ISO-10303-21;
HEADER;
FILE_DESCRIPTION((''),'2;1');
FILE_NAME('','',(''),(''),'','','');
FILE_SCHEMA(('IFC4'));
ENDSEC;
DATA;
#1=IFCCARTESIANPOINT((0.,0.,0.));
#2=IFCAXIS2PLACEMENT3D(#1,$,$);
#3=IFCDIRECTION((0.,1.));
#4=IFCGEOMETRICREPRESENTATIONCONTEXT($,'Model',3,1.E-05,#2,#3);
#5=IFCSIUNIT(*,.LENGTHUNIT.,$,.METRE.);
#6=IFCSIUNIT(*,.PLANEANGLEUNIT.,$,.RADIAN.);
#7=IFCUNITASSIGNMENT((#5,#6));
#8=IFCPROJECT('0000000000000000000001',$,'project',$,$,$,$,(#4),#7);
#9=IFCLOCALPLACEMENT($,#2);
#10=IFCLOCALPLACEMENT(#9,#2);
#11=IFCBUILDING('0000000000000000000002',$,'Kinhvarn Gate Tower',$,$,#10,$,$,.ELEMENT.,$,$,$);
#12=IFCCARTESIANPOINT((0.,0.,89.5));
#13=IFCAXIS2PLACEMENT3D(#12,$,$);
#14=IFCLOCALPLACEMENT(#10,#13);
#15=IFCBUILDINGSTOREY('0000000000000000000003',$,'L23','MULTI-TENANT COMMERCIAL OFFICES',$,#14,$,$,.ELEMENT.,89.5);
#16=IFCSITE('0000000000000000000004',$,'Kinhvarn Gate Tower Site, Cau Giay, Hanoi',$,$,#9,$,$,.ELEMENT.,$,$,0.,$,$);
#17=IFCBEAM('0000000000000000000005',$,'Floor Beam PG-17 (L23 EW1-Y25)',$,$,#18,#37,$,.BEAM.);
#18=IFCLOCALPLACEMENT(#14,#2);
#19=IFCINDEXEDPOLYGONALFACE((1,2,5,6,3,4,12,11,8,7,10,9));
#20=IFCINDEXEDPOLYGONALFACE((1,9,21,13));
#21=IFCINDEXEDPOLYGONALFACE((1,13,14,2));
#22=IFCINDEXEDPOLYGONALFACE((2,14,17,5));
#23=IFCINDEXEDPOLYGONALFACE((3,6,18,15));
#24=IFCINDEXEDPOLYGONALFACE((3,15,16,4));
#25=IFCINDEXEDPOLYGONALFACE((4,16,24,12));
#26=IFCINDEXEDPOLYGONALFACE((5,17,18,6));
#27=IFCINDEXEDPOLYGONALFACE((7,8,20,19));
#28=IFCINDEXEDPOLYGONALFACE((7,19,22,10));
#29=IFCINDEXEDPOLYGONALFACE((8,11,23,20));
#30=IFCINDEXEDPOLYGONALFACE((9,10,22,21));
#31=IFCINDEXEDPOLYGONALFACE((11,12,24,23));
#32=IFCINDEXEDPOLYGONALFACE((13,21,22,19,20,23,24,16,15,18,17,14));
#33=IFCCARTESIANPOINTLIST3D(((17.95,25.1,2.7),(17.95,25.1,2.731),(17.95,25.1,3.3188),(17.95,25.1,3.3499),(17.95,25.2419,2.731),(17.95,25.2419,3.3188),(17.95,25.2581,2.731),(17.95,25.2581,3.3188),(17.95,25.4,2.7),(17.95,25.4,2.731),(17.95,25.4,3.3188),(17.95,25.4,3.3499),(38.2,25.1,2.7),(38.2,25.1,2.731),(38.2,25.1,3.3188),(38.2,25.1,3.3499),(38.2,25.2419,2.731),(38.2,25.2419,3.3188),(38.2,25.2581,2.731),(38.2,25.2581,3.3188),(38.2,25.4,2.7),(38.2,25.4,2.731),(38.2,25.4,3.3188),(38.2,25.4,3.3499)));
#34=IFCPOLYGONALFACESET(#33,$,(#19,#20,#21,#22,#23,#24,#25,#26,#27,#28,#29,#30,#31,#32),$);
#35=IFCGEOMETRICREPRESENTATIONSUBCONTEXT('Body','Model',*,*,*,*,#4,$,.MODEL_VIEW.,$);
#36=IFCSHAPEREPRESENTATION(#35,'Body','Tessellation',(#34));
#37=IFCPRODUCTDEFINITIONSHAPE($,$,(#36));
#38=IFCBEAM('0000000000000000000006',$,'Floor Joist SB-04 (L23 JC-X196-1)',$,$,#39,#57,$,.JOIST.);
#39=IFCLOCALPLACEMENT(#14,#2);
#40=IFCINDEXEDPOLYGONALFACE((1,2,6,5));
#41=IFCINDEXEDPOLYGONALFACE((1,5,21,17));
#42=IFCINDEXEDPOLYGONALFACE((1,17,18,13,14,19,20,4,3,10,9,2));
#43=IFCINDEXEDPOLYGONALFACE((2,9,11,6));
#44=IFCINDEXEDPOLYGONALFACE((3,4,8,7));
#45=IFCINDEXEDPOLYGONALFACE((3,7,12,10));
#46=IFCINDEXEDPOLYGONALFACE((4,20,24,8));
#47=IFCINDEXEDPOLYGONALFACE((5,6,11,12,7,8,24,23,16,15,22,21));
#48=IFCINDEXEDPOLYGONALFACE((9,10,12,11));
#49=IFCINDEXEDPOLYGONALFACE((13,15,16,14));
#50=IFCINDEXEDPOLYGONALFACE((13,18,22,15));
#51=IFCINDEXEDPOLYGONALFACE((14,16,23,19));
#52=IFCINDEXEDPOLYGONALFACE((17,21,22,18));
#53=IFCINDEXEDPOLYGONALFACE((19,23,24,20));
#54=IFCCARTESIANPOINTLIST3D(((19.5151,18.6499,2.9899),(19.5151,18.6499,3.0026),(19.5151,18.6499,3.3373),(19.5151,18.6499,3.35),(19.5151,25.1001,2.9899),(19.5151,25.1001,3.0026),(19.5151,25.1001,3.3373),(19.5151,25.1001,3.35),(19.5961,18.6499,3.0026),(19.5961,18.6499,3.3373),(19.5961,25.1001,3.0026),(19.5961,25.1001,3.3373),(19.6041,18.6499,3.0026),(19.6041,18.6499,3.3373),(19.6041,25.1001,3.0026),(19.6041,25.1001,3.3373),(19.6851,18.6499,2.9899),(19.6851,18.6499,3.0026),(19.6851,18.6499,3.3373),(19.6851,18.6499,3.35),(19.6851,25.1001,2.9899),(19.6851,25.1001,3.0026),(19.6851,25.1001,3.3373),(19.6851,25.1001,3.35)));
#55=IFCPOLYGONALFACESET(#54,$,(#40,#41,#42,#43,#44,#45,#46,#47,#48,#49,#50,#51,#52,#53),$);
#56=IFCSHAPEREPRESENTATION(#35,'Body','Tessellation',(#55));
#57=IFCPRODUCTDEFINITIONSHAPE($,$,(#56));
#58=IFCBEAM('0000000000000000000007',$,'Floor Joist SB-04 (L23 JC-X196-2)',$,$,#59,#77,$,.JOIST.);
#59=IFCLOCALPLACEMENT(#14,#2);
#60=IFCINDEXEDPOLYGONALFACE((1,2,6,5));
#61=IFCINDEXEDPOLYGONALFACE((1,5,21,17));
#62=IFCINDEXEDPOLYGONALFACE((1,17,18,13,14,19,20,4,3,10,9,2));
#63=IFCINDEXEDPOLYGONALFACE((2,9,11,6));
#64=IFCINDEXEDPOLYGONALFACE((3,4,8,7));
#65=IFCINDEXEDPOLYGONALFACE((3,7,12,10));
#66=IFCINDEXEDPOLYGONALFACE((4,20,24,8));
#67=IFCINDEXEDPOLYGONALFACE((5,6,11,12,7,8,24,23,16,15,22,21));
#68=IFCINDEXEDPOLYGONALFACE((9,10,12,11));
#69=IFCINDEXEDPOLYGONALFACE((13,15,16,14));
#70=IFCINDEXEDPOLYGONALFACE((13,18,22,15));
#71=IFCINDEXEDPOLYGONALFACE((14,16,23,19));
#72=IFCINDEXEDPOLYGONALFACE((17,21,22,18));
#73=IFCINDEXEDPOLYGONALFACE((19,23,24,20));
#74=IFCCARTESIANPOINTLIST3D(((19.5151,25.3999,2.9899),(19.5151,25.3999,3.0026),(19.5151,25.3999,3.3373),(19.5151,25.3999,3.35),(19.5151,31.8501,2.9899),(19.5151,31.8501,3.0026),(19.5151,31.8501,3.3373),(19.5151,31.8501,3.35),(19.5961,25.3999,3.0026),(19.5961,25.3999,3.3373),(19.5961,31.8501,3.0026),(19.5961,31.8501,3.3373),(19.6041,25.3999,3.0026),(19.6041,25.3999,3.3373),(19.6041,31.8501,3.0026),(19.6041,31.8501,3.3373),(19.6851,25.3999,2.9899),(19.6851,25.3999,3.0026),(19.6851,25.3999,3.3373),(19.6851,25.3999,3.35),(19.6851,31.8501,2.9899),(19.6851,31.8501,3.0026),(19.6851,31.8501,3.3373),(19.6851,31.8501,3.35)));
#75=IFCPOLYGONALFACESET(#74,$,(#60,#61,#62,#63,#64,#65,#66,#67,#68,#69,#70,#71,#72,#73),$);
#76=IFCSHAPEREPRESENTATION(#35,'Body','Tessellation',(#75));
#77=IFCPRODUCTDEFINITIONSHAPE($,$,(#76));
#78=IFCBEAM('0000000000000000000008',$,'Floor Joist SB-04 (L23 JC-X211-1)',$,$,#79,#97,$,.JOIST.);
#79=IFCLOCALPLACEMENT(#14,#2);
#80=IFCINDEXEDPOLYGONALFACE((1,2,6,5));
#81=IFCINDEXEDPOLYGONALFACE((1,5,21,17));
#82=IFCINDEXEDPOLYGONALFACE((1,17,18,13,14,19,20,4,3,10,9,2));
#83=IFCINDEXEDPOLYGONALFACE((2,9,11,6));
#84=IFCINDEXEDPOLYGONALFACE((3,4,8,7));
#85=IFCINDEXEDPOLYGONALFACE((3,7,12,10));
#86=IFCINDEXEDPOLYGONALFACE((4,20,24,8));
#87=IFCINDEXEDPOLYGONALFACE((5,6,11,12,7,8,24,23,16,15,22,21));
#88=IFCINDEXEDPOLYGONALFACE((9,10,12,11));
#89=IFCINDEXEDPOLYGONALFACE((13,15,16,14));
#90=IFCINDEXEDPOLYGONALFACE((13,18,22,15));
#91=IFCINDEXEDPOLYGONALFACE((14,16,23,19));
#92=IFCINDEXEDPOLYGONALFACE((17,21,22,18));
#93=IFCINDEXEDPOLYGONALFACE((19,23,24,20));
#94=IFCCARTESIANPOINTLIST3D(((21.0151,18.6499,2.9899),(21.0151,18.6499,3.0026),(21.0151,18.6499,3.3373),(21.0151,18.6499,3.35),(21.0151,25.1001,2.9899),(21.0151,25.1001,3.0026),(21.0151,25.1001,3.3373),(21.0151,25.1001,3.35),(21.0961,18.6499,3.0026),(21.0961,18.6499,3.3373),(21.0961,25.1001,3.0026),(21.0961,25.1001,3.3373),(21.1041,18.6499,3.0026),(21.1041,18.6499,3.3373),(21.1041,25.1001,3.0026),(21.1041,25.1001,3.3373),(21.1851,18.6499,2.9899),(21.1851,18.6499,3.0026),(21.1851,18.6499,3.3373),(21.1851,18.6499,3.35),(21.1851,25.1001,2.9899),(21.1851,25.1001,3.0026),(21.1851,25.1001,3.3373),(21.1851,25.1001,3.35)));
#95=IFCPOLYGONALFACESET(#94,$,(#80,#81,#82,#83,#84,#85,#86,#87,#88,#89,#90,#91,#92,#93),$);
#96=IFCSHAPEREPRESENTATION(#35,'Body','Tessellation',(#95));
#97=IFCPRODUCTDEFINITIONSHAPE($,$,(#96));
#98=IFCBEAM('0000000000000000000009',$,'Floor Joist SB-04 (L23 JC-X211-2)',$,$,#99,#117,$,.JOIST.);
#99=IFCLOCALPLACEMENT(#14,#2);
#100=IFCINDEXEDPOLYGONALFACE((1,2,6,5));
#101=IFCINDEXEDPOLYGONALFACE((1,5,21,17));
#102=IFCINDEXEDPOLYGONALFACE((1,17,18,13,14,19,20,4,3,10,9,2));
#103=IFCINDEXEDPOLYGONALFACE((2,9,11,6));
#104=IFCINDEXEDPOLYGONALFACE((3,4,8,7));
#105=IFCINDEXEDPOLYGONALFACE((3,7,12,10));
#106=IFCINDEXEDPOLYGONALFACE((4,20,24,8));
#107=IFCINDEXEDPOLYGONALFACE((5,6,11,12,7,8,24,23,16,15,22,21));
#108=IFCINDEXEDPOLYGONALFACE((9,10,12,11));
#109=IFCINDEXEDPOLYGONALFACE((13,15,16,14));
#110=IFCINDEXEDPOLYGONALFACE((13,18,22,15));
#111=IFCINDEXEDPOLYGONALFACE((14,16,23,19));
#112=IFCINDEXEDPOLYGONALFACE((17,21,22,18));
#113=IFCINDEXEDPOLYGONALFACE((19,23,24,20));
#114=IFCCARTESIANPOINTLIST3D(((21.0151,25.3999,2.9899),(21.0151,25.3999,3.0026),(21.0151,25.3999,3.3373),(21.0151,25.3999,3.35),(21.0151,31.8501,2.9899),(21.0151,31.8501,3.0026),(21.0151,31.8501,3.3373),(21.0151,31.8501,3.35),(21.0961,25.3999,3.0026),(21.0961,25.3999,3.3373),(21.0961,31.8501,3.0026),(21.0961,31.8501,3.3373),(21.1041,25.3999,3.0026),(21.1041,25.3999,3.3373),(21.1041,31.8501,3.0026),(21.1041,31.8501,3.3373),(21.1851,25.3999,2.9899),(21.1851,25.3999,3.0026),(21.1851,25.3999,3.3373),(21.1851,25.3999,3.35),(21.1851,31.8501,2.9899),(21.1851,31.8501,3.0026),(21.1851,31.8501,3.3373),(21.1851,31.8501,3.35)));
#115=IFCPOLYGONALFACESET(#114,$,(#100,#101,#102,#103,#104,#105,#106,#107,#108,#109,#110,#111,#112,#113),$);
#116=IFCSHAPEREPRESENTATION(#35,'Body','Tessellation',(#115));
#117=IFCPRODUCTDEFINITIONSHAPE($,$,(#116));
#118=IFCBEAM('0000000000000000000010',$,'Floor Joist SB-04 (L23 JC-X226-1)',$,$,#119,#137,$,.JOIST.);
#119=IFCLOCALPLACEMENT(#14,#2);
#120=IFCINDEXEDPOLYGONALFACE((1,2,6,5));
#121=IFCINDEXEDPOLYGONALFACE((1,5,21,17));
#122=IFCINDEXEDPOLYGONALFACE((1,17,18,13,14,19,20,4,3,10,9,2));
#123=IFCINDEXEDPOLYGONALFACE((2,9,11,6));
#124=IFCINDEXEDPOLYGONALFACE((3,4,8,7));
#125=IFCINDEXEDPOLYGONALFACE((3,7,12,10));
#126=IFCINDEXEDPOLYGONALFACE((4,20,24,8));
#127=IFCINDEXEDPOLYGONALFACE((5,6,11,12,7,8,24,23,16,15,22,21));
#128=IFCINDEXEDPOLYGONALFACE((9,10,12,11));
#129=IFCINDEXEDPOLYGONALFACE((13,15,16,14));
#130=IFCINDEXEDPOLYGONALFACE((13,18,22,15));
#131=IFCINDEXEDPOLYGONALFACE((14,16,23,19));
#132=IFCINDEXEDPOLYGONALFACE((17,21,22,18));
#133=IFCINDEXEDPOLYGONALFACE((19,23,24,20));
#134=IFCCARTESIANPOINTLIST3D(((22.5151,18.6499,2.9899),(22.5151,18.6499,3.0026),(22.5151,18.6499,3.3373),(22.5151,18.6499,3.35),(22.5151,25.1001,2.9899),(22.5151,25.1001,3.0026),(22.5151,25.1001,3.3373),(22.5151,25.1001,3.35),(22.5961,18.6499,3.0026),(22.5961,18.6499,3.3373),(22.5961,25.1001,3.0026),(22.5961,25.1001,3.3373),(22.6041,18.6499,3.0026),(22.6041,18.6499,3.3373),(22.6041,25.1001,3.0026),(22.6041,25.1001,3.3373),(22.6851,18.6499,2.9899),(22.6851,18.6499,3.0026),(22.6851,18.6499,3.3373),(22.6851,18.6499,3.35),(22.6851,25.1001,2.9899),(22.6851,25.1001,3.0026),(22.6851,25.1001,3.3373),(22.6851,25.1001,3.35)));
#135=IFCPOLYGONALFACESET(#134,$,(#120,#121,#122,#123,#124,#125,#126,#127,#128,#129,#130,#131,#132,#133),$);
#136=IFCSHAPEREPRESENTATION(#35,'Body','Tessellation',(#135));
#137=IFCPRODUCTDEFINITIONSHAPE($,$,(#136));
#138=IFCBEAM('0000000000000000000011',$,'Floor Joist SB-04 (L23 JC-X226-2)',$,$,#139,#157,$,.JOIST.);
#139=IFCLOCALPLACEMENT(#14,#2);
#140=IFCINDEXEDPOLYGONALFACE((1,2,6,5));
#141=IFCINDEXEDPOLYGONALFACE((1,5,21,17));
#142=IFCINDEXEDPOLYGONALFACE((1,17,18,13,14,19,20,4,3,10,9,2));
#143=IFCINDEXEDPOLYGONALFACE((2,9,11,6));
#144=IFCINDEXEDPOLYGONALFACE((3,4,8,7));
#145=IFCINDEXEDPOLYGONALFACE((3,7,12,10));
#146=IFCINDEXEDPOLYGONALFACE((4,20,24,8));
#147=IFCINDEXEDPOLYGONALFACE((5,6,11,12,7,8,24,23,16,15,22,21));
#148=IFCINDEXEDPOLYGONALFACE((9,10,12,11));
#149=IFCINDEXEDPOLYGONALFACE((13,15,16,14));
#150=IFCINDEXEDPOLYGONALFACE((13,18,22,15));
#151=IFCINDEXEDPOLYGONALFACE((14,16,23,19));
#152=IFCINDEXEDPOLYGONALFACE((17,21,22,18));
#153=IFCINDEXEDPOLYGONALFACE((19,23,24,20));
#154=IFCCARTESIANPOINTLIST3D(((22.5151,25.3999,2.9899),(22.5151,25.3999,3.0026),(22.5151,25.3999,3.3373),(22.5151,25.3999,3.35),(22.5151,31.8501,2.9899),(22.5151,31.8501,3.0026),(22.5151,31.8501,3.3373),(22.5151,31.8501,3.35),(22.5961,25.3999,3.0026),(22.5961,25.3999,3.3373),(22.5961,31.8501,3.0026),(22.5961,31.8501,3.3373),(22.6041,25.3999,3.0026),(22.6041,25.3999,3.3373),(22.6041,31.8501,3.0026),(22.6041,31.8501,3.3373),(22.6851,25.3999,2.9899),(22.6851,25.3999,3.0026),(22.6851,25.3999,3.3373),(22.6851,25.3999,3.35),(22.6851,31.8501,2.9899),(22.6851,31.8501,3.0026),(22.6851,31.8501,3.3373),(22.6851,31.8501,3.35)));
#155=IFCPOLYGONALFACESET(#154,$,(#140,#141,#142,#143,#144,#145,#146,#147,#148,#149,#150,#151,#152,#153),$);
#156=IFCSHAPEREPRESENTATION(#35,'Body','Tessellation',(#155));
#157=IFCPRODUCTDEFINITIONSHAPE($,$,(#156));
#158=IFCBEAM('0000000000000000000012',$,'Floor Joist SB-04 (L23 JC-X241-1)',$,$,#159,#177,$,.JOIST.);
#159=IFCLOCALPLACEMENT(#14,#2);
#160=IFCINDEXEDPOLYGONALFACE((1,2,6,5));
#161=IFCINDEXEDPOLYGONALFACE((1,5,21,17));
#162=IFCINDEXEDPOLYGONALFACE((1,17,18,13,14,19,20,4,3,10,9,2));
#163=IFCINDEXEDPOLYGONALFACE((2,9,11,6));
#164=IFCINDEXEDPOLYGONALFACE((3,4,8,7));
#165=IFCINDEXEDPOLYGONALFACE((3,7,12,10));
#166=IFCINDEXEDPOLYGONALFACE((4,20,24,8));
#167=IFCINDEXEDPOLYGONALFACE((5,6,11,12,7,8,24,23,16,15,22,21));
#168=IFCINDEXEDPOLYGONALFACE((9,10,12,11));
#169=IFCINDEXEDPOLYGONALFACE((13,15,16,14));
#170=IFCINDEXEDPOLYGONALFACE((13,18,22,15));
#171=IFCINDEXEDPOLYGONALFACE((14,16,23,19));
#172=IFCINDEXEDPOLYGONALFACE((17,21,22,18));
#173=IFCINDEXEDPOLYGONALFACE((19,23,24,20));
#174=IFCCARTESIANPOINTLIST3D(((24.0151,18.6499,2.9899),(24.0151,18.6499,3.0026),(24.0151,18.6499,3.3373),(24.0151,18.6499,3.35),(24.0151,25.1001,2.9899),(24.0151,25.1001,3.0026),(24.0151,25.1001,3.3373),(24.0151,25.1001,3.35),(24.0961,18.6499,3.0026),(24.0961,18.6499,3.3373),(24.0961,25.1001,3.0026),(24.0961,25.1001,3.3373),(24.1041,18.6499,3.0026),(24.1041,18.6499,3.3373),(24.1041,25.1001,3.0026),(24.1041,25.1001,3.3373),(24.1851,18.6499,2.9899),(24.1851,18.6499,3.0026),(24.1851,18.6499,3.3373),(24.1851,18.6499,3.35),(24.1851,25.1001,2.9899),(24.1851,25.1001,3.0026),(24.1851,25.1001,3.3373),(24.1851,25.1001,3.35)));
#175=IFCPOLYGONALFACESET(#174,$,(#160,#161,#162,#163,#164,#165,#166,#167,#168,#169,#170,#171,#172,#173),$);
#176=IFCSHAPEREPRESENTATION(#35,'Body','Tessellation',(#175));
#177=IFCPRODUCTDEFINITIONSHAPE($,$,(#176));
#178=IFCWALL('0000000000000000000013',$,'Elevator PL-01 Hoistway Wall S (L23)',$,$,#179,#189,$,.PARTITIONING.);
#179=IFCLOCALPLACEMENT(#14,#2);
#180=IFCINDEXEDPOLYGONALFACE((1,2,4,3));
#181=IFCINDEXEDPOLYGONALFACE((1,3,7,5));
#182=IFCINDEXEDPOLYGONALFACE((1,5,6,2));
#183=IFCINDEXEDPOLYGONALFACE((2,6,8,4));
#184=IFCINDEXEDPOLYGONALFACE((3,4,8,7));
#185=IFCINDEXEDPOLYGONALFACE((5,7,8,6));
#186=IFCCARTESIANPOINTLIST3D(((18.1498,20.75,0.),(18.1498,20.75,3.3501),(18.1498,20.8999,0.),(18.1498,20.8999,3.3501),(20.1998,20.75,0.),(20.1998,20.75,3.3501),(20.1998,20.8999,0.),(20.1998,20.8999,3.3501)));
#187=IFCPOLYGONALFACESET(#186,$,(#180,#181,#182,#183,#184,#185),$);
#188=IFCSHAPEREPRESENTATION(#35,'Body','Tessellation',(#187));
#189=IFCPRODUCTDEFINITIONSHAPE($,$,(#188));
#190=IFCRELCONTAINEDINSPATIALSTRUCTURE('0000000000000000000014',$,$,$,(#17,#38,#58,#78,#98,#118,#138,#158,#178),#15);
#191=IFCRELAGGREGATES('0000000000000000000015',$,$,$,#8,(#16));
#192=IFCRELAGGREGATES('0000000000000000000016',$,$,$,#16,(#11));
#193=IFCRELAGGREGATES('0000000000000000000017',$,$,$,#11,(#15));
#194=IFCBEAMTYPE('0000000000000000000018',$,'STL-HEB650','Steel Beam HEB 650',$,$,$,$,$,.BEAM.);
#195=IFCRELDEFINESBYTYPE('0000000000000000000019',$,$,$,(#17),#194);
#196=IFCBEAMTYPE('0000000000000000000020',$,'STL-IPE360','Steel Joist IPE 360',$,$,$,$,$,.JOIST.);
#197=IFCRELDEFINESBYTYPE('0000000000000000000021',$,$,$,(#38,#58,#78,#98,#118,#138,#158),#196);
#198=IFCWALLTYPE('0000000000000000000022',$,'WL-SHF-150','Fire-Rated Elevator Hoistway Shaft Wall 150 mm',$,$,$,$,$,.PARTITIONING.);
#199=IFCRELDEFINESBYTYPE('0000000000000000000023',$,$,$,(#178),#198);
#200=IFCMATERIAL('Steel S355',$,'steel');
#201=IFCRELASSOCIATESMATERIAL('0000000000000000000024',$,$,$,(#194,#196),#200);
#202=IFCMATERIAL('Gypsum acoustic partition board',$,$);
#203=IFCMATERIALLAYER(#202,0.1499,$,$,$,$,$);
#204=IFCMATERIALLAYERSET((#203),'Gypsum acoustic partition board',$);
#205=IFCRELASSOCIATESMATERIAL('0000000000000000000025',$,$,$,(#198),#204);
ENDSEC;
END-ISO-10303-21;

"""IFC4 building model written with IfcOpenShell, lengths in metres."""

from ifc_helpers import new_model, si_unit, direction, frame, frame_2d, origin, origin_2d, place, context, subcontext, project, spatial, rectangle, i_section, extrude, material, layer, layer_set, material_profile, profile_set, type_object, element, save


model = new_model("IFC4")

# Units and contexts
model_context = context("Model", 3, precision=1e-05, world=origin(), true_north=direction((0.0, 1.0)))
body_context = subcontext(model_context, "Body", "Model", "MODEL_VIEW")
ifc_project = project(units=[si_unit("LENGTHUNIT", "METRE"), si_unit("PLANEANGLEUNIT", "RADIAN")], contexts=[model_context])

# Site, building, storey
site_placement = place(None, origin())
site = spatial("IfcSite", under=ifc_project, at=site_placement, Name="Kinhvarn Gate Tower Site, Cau Giay, Hanoi", CompositionType="ELEMENT", RefElevation=0.0)
building_placement = place(site_placement, origin())
building = spatial("IfcBuilding", under=site, at=building_placement, Name="Kinhvarn Gate Tower", CompositionType="ELEMENT")
storey_placement = place(building_placement, frame((0.0, 0.0, 89.5)))
storey = spatial("IfcBuildingStorey", under=building, at=storey_placement, Name="L23", Description="MULTI-TENANT COMMERCIAL OFFICES", CompositionType="ELEMENT", Elevation=89.5)

# Beams
ifc_material_1 = material(Name="Steel S355", Category="steel")
ifc_material_profile_1 = material_profile(ifc_material_1, i_section(OverallWidth=0.3, OverallDepth=0.6499, WebThickness=0.0161, FlangeThickness=0.031, at=origin_2d()), Name="HEB 650")
ifc_profile_set_1 = profile_set([ifc_material_profile_1], Name="Steel S355")
beam_type_1 = type_object("IfcBeamType", Name="STL-HEB650", Description="Steel Beam HEB 650", PredefinedType="BEAM", material=ifc_profile_set_1)
beam_placement = place(storey_placement, frame((17.95, 25.25, 3.0249), z_axis=(1.0, 0.0, 0.0), x_axis=(0.0, 1.0, 0.0)))
element("IfcBeam", 1, at=beam_placement, inside=storey, type_object=beam_type_1, Name="Floor Beam PG-17 (L23 EW1-Y25)", PredefinedType="BEAM", context=body_context, shape_type="SweptSolid", body=[
    extrude(i_section(OverallWidth=0.3, OverallDepth=0.6499, WebThickness=0.0161, FlangeThickness=0.031, at=origin_2d()), origin(), (0.0, 0.0, 1.0), 20.25),
])
ifc_material_profile_2 = material_profile(ifc_material_1, i_section(OverallWidth=0.1699, OverallDepth=0.3601, WebThickness=0.0081, FlangeThickness=0.0127, at=origin_2d()), Name="IPE 360")
ifc_profile_set_2 = profile_set([ifc_material_profile_2], Name="Steel S355")
beam_type_2 = type_object("IfcBeamType", Name="STL-IPE360", Description="Steel Joist IPE 360", PredefinedType="JOIST", material=ifc_profile_set_2)
for number, where, z_axis, x_axis, name in (
    (2, (19.6001, 18.6499, 3.1699), (0.0, 1.0, 0.0), (-1.0, 0.0, 0.0), "Floor Joist SB-04 (L23 JC-X196-1)"),
    (3, (19.6001, 25.3999, 3.1699), (0.0, 1.0, 0.0), (-1.0, 0.0, 0.0), "Floor Joist SB-04 (L23 JC-X196-2)"),
    (4, (21.1001, 18.6499, 3.1699), (0.0, 1.0, 0.0), (-1.0, 0.0, 0.0), "Floor Joist SB-04 (L23 JC-X211-1)"),
    (5, (21.1001, 25.3999, 3.1699), (0.0, 1.0, 0.0), (-1.0, 0.0, 0.0), "Floor Joist SB-04 (L23 JC-X211-2)"),
    (6, (22.6001, 18.6499, 3.1699), (0.0, 1.0, 0.0), (-1.0, 0.0, 0.0), "Floor Joist SB-04 (L23 JC-X226-1)"),
    (7, (22.6001, 25.3999, 3.1699), (0.0, 1.0, 0.0), (-1.0, 0.0, 0.0), "Floor Joist SB-04 (L23 JC-X226-2)"),
    (8, (24.1001, 18.6499, 3.1699), (0.0, 1.0, 0.0), (-1.0, 0.0, 0.0), "Floor Joist SB-04 (L23 JC-X241-1)"),
):
    element("IfcBeam", number, at=place(storey_placement, frame(where, z_axis=z_axis, x_axis=x_axis)), inside=storey, type_object=beam_type_2, Name=name, PredefinedType="JOIST", context=body_context, shape_type="SweptSolid", body=[
        extrude(i_section(OverallWidth=0.1699, OverallDepth=0.3601, WebThickness=0.0081, FlangeThickness=0.0127, at=origin_2d()), origin(), (0.0, 0.0, 1.0), 6.4502),
    ])

# Wall
ifc_material_2 = material(Name="Gypsum acoustic partition board")
ifc_layer = layer(ifc_material_2, 0.1499)
ifc_layer_set = layer_set([ifc_layer], Name="Gypsum acoustic partition board")
wall_type = type_object("IfcWallType", Name="WL-SHF-150", Description="Fire-Rated Elevator Hoistway Shaft Wall 150 mm", PredefinedType="PARTITIONING", material=ifc_layer_set)
wall_1_placement = place(storey_placement, frame((18.1499, 20.825, 0.0), z_axis=(0.0, 0.0, 1.0), x_axis=(1.0, 0.0, 0.0)))
element("IfcWall", 9, at=wall_1_placement, inside=storey, type_object=wall_type, Name="Elevator PL-01 Hoistway Wall S (L23)", PredefinedType="PARTITIONING", context=body_context, shape_type="SweptSolid", body=[
    extrude(rectangle(XDim=2.05, YDim=0.1499, at=frame_2d((1.0249, 0.0))), origin(), (0.0, 0.0, 1.0), 3.3501),
])

save(model, "model.ifc")
